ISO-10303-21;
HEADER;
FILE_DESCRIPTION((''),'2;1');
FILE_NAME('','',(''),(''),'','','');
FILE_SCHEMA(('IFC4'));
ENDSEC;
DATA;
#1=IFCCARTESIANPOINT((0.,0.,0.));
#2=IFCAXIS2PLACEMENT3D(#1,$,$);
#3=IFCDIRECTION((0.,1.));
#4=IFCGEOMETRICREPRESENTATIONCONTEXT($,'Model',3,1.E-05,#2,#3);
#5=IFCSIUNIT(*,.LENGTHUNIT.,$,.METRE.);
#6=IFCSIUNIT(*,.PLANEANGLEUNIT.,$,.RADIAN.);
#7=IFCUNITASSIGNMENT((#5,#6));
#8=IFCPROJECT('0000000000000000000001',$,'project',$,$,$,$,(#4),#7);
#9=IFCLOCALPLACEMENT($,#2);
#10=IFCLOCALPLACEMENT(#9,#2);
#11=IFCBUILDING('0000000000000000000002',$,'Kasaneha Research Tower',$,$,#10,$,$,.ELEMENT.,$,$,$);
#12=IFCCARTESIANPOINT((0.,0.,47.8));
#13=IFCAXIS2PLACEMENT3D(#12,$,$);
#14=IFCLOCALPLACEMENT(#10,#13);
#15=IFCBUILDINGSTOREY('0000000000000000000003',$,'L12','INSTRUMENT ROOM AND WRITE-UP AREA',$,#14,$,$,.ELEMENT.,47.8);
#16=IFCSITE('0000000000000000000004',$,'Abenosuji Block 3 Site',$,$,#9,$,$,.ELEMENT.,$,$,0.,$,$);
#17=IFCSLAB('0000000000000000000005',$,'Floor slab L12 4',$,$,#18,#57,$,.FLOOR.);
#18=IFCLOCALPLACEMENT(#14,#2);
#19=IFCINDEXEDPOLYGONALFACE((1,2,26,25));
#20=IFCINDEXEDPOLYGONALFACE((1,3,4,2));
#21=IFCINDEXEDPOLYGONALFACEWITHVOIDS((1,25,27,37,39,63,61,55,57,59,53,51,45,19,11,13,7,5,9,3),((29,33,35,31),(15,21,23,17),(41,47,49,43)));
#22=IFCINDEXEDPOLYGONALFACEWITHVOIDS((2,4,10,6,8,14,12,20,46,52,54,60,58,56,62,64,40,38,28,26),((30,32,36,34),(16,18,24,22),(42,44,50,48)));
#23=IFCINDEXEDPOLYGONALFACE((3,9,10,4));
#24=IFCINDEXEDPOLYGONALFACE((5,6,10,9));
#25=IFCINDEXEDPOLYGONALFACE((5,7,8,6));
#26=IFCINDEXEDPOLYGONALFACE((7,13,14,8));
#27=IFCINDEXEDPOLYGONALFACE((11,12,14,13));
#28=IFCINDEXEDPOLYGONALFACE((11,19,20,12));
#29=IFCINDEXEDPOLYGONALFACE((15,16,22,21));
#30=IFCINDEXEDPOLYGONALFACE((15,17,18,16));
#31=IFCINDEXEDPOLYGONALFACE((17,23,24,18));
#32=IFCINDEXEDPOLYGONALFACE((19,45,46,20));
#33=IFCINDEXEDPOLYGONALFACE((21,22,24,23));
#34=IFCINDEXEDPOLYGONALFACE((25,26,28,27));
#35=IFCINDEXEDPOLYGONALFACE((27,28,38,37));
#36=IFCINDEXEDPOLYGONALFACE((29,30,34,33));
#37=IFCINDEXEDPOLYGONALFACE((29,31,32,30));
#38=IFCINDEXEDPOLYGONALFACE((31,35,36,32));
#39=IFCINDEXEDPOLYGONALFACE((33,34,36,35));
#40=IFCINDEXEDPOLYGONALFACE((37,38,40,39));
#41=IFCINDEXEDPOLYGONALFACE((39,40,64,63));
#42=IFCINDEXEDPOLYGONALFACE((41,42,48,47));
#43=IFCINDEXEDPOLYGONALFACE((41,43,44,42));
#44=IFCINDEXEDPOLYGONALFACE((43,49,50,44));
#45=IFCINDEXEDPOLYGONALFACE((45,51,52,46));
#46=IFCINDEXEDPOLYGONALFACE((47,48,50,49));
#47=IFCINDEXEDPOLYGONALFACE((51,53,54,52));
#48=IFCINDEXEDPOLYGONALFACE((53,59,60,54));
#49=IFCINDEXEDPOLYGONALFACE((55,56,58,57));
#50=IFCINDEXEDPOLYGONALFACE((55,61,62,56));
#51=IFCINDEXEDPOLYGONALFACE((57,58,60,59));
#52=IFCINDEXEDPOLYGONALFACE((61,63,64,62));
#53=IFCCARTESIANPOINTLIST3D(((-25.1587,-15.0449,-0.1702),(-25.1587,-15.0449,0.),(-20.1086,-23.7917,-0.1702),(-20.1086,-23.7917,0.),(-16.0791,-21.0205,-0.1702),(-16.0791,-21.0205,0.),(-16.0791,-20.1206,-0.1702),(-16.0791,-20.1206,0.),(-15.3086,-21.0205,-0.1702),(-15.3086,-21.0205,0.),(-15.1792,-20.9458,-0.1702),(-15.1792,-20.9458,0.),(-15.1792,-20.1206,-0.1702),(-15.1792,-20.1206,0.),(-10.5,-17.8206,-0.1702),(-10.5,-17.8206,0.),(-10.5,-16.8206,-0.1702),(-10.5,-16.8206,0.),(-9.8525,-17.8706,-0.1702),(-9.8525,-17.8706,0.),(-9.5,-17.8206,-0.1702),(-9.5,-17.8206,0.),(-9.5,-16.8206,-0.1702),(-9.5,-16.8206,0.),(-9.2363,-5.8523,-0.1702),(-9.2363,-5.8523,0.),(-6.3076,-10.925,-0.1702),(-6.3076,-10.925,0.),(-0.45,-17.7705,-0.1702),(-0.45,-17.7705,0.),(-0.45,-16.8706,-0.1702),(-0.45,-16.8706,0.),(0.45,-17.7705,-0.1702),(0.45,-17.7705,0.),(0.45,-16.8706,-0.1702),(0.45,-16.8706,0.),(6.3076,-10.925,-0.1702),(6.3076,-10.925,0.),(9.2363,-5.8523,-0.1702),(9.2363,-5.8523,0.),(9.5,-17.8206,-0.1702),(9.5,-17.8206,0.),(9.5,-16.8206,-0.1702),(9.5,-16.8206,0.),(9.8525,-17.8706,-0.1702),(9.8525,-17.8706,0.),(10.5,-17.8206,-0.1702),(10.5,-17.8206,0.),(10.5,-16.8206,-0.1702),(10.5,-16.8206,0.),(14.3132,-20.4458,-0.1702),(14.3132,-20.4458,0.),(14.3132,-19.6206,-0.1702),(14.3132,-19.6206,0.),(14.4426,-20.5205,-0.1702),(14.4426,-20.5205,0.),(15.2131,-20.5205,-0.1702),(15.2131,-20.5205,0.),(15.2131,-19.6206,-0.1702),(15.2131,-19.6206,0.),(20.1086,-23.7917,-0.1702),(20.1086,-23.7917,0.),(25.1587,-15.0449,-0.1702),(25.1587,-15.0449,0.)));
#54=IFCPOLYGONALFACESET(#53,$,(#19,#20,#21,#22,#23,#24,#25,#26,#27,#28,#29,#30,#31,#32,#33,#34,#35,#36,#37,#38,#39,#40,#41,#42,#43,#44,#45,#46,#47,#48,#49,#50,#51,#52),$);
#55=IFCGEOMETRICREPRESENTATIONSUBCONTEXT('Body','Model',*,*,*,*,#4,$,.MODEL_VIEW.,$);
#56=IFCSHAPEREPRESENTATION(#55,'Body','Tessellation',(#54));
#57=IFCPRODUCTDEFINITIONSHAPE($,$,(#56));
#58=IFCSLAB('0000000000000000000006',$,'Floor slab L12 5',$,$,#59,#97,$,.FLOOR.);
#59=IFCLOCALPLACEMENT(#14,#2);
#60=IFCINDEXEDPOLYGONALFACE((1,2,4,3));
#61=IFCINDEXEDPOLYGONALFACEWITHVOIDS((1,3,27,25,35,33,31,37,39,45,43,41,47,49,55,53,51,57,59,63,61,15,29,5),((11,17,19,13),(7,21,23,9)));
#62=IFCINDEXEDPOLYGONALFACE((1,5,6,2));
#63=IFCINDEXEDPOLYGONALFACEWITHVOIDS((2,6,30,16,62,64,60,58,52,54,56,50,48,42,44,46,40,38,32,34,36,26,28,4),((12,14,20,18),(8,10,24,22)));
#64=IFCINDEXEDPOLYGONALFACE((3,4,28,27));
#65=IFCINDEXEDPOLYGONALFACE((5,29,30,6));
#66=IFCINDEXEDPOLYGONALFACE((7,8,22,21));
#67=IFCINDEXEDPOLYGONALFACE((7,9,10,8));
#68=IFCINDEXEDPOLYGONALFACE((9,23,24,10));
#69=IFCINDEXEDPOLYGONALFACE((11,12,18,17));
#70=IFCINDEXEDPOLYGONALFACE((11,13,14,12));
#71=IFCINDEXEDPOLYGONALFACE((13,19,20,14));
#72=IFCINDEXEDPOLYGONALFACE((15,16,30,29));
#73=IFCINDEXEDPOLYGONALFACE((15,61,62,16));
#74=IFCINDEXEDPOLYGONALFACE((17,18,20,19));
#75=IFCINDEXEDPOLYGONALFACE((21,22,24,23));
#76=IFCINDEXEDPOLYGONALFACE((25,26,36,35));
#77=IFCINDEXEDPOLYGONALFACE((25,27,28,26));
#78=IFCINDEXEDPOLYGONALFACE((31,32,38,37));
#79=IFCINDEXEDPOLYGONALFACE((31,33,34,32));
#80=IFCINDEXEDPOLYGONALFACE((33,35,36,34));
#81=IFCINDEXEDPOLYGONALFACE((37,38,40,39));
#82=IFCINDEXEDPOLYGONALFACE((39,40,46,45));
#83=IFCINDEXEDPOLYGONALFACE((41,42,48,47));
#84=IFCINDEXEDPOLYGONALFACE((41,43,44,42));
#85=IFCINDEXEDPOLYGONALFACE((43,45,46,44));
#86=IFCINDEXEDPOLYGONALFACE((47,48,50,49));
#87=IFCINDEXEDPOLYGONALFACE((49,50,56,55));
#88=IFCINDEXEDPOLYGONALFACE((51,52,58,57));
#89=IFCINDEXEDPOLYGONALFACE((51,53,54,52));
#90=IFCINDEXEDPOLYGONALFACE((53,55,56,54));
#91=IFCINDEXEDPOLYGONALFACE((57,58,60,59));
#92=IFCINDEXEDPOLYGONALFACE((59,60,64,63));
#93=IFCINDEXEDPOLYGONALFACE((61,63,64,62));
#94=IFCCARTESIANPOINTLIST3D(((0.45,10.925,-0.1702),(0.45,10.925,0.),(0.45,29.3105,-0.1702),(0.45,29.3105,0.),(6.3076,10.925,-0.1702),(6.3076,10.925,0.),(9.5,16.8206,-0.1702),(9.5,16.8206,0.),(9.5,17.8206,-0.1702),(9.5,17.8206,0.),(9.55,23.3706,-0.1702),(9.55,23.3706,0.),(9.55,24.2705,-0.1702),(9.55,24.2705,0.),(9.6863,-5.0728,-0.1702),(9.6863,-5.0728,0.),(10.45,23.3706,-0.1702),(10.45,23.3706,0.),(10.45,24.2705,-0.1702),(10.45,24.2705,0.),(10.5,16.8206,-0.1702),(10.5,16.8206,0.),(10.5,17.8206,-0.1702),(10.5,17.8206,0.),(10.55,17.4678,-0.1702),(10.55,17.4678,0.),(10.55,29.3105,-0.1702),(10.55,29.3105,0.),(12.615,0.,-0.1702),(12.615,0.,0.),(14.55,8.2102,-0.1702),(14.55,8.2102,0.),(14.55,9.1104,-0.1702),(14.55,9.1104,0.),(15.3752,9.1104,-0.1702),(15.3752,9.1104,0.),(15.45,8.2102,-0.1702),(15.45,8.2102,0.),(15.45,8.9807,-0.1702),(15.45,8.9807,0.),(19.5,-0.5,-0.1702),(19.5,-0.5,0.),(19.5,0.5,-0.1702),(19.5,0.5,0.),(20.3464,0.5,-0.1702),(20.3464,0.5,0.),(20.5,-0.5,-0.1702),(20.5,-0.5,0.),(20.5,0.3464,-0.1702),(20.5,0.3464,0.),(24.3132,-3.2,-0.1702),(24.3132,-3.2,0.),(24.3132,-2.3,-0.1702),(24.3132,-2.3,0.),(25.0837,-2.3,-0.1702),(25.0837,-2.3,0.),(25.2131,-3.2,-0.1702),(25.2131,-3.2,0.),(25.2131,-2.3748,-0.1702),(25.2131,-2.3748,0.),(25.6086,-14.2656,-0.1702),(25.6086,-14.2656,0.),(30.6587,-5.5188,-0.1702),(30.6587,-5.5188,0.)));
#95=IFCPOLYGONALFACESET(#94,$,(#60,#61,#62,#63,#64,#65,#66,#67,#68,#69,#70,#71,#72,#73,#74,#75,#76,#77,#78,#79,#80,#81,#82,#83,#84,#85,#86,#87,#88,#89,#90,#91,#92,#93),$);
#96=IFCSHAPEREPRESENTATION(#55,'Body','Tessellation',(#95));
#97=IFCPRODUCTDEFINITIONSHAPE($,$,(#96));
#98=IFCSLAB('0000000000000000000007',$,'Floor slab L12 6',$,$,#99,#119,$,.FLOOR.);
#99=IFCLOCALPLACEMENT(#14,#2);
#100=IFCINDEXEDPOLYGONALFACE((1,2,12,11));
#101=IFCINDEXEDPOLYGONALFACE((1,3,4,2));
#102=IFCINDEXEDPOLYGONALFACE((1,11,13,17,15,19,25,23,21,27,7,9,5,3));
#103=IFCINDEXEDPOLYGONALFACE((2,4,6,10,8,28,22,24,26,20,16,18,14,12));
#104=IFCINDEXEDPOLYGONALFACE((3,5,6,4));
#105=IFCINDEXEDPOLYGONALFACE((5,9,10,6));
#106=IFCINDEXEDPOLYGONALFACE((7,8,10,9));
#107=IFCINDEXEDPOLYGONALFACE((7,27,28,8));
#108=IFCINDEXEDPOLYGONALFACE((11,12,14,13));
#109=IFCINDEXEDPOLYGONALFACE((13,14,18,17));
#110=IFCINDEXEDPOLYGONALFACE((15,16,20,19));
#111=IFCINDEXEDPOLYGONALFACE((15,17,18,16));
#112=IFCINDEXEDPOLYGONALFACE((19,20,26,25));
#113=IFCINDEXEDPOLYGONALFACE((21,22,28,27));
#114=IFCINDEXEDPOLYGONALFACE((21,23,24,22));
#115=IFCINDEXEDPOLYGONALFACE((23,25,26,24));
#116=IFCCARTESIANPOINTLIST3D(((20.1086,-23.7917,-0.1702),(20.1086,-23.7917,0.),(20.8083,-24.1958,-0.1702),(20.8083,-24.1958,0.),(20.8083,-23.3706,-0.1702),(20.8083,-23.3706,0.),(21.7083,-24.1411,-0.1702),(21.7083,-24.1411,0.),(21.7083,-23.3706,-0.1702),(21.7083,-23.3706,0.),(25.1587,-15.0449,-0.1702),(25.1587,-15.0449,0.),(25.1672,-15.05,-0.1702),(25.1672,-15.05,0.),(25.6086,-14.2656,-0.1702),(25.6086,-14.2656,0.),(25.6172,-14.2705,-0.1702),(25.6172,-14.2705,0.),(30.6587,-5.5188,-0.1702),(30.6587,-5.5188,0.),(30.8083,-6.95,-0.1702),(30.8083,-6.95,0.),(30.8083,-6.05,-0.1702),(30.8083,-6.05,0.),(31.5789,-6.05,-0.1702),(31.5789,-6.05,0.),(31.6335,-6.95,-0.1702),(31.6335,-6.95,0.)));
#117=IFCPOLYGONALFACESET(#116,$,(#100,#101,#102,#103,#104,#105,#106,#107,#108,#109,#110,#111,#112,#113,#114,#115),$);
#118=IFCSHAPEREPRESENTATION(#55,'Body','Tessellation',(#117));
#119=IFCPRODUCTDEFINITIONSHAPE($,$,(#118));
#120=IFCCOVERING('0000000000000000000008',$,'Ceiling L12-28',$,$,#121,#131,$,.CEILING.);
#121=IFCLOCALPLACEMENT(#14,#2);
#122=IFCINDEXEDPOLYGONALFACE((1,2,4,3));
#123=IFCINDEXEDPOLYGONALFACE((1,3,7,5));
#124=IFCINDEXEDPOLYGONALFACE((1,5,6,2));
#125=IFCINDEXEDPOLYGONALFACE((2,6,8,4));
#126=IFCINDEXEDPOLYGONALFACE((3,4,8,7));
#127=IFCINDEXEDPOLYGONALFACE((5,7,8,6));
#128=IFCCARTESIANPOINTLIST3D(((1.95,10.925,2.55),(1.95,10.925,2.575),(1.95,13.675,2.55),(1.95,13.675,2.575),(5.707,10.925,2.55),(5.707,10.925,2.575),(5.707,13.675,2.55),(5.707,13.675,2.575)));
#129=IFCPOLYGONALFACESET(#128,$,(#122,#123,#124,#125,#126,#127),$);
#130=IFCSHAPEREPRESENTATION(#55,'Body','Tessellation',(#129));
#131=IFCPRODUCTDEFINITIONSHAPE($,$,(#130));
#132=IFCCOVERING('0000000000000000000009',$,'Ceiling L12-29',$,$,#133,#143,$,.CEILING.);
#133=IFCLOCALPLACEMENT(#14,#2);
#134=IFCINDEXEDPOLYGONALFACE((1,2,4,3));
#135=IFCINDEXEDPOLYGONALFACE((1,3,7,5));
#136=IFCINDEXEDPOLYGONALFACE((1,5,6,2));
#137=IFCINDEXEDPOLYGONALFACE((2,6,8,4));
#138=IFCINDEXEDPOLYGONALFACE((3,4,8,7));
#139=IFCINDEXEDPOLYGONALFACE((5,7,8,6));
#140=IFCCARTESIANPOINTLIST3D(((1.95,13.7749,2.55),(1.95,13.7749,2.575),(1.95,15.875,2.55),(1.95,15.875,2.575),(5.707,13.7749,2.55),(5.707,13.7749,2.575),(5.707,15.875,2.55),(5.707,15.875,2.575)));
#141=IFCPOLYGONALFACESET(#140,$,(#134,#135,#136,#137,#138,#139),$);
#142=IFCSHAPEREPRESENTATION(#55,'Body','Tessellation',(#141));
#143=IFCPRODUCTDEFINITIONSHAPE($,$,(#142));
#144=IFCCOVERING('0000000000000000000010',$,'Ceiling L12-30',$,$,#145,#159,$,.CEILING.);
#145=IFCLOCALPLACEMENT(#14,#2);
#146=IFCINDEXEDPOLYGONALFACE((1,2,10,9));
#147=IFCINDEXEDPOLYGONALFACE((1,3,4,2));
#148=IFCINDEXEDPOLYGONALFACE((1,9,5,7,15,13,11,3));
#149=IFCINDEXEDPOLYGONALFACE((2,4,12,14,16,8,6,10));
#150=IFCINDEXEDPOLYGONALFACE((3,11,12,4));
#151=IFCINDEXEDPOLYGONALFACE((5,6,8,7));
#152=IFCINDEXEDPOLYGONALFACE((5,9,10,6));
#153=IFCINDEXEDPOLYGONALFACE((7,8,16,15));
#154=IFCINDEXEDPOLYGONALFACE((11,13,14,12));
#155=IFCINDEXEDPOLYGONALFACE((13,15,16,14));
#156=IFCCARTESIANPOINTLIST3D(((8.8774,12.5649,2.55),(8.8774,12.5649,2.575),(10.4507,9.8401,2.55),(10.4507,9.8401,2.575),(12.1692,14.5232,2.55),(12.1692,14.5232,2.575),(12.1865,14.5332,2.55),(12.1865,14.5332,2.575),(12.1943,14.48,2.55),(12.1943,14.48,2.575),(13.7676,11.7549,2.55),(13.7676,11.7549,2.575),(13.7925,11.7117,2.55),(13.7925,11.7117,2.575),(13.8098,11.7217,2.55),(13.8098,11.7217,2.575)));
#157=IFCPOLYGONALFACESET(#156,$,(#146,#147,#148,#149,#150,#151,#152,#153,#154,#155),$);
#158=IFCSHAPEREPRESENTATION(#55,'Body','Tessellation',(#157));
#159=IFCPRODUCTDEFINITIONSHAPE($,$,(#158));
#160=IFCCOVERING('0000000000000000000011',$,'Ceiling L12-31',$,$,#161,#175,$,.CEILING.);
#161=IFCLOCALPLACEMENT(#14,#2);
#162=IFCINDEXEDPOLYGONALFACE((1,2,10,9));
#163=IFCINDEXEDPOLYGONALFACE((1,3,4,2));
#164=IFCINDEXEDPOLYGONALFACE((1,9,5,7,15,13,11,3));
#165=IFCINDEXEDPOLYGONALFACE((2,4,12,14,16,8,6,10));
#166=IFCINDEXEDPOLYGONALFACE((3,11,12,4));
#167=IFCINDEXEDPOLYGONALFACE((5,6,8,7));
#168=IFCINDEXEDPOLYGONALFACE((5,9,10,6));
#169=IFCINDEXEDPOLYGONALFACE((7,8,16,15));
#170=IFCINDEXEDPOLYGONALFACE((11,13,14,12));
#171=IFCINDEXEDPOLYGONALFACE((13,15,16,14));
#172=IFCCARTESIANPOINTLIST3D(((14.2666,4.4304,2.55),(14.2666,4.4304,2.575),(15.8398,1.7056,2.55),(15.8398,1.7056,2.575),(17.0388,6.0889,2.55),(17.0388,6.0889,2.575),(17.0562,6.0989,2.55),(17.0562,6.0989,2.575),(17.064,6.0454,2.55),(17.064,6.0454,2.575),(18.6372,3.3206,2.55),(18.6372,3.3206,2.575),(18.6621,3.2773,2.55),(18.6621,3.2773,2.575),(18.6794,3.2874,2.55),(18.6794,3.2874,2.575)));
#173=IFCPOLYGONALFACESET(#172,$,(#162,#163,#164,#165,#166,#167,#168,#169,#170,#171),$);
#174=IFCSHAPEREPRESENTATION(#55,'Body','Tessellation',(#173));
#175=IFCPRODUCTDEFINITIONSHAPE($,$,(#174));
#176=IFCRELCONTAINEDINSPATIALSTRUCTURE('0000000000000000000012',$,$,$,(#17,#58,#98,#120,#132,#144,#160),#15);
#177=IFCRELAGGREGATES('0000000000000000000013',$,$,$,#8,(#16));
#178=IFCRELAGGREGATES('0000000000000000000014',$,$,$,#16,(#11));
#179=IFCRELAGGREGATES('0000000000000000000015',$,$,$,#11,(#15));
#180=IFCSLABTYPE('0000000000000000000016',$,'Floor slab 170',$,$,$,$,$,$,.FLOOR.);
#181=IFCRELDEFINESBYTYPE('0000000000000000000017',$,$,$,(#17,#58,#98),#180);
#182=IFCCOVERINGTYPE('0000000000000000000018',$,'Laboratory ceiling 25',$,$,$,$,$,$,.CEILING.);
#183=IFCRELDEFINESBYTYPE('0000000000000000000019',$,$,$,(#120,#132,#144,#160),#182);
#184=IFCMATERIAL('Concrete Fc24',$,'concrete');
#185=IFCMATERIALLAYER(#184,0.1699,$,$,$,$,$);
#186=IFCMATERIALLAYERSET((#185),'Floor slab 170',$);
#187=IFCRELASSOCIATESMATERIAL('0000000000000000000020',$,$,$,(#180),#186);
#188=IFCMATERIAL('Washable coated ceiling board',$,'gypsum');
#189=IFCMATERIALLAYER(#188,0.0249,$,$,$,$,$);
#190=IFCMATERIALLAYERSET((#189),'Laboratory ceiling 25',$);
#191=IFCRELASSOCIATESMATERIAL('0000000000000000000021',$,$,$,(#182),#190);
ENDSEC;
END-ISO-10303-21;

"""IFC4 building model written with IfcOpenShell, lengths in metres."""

from ifc_helpers import new_model, si_unit, direction, frame, origin, place, context, subcontext, project, spatial, polyline, outline, extrude, material, layer, layer_set, type_object, element, save


model = new_model("IFC4")

# Units and contexts
model_context = context("Model", 3, precision=1e-05, world=origin(), true_north=direction((0.0, 1.0)))
body_context = subcontext(model_context, "Body", "Model", "MODEL_VIEW")
ifc_project = project(units=[si_unit("LENGTHUNIT", "METRE"), si_unit("PLANEANGLEUNIT", "RADIAN")], contexts=[model_context])

# Site, building, storey
site_placement = place(None, origin())
site = spatial("IfcSite", under=ifc_project, at=site_placement, Name="Abenosuji Block 3 Site", CompositionType="ELEMENT", RefElevation=0.0)
building_placement = place(site_placement, origin())
building = spatial("IfcBuilding", under=site, at=building_placement, Name="Kasaneha Research Tower", CompositionType="ELEMENT")
storey_placement = place(building_placement, frame((0.0, 0.0, 47.8)))
storey = spatial("IfcBuildingStorey", under=building, at=storey_placement, Name="L12", Description="INSTRUMENT ROOM AND WRITE-UP AREA", CompositionType="ELEMENT", Elevation=47.8)

# Slabs
ifc_material_1 = material(Name="Concrete Fc24", Category="concrete")
ifc_layer_1 = layer(ifc_material_1, 0.1699)
ifc_layer_set_1 = layer_set([ifc_layer_1], Name="Floor slab 170")
slab_type_1 = type_object("IfcSlabType", Name="Floor slab 170", PredefinedType="FLOOR", material=ifc_layer_set_1)
slab_1_placement = place(storey_placement, frame((0.0, 0.0, -0.1702)))
element("IfcSlab", 1, at=slab_1_placement, inside=storey, type_object=slab_type_1, Name="Floor slab L12 4", PredefinedType="FLOOR", context=body_context, shape_type="SweptSolid", body=[
    extrude(outline(polyline([(-6.3076, -10.925), (6.3076, -10.925), (9.2363, -5.8523), (25.1587, -15.0449), (20.1086, -23.7917), (14.4426, -20.5205), (15.2131, -20.5205), (15.2131, -19.6206), (14.3132, -19.6206), (14.3132, -20.4458), (9.8525, -17.8706), (-9.8525, -17.8706), (-15.1792, -20.9458), (-15.1792, -20.1206), (-16.0791, -20.1206), (-16.0791, -21.0205), (-15.3086, -21.0205), (-20.1086, -23.7917), (-25.1587, -15.0449), (-9.2363, -5.8523), (-6.3076, -10.925)]), holes=[polyline([(-0.45, -17.7705), (0.45, -17.7705), (0.45, -16.8706), (-0.45, -16.8706), (-0.45, -17.7705)]), polyline([(-9.5, -17.8206), (-9.5, -16.8206), (-10.5, -16.8206), (-10.5, -17.8206), (-9.5, -17.8206)]), polyline([(10.5, -17.8206), (10.5, -16.8206), (9.5, -16.8206), (9.5, -17.8206), (10.5, -17.8206)])]), origin(), (0.0, 0.0, 1.0), 0.1702),
])
slab_2_placement = place(storey_placement, frame((0.0, 0.0, -0.1702)))
element("IfcSlab", 2, at=slab_2_placement, inside=storey, type_object=slab_type_1, Name="Floor slab L12 5", PredefinedType="FLOOR", context=body_context, shape_type="SweptSolid", body=[
    extrude(outline(polyline([(9.6863, -5.0728), (12.615, 0.0), (6.3076, 10.925), (0.45, 10.925), (0.45, 29.3105), (10.55, 29.3105), (10.55, 17.4678), (15.3752, 9.1104), (14.55, 9.1104), (14.55, 8.2102), (15.45, 8.2102), (15.45, 8.9807), (20.3464, 0.5), (19.5, 0.5), (19.5, -0.5), (20.5, -0.5), (20.5, 0.3464), (25.0837, -2.3), (24.3132, -2.3), (24.3132, -3.2), (25.2131, -3.2), (25.2131, -2.3748), (30.6587, -5.5188), (25.6086, -14.2656), (9.6863, -5.0728)]), holes=[polyline([(9.5, 16.8206), (10.5, 16.8206), (10.5, 17.8206), (9.5, 17.8206), (9.5, 16.8206)]), polyline([(9.55, 23.3706), (10.45, 23.3706), (10.45, 24.2705), (9.55, 24.2705), (9.55, 23.3706)])]), origin(), (0.0, 0.0, 1.0), 0.1702),
])
slab_3_placement = place(storey_placement, frame((0.0, 0.0, -0.1702)))
element("IfcSlab", 3, at=slab_3_placement, inside=storey, type_object=slab_type_1, Name="Floor slab L12 6", PredefinedType="FLOOR", context=body_context, shape_type="SweptSolid", body=[
    extrude(outline(polyline([(25.1672, -15.05), (25.6172, -14.2705), (25.6086, -14.2656), (30.6587, -5.5188), (31.5789, -6.05), (30.8083, -6.05), (30.8083, -6.95), (31.6335, -6.95), (21.7083, -24.1411), (21.7083, -23.3706), (20.8083, -23.3706), (20.8083, -24.1958), (20.1086, -23.7917), (25.1587, -15.0449), (25.1672, -15.05)])), origin(), (0.0, 0.0, 1.0), 0.1702),
])

# Coverings
ifc_material_2 = material(Name="Washable coated ceiling board", Category="gypsum")
ifc_layer_2 = layer(ifc_material_2, 0.0249)
ifc_layer_set_2 = layer_set([ifc_layer_2], Name="Laboratory ceiling 25")
covering_type_1 = type_object("IfcCoveringType", Name="Laboratory ceiling 25", PredefinedType="CEILING", material=ifc_layer_set_2)
covering_1_placement = place(storey_placement, frame((0.0, 0.0, 2.55)))
element("IfcCovering", 4, at=covering_1_placement, inside=storey, type_object=covering_type_1, Name="Ceiling L12-28", PredefinedType="CEILING", context=body_context, shape_type="SweptSolid", body=[
    extrude(outline(polyline([(1.95, 10.925), (1.95, 13.675), (5.707, 13.675), (5.707, 10.925), (1.95, 10.925)])), origin(), (0.0, 0.0, 1.0), 0.0249),
])
covering_2_placement = place(storey_placement, frame((0.0, 0.0, 2.55)))
element("IfcCovering", 5, at=covering_2_placement, inside=storey, type_object=covering_type_1, Name="Ceiling L12-29", PredefinedType="CEILING", context=body_context, shape_type="SweptSolid", body=[
    extrude(outline(polyline([(5.707, 15.875), (5.707, 13.7749), (1.95, 13.7749), (1.95, 15.875), (5.707, 15.875)])), origin(), (0.0, 0.0, 1.0), 0.0249),
])
covering_3_placement = place(storey_placement, frame((0.0, 0.0, 2.55)))
element("IfcCovering", 6, at=covering_3_placement, inside=storey, type_object=covering_type_1, Name="Ceiling L12-30", PredefinedType="CEILING", context=body_context, shape_type="SweptSolid", body=[
    extrude(outline(polyline([(13.8098, 11.7217), (13.7925, 11.7117), (13.7676, 11.7549), (10.4507, 9.8401), (8.8774, 12.5649), (12.1943, 14.48), (12.1692, 14.5232), (12.1865, 14.5332), (13.8098, 11.7217)])), origin(), (0.0, 0.0, 1.0), 0.0249),
])
covering_4_placement = place(storey_placement, frame((0.0, 0.0, 2.55)))
element("IfcCovering", 7, at=covering_4_placement, inside=storey, type_object=covering_type_1, Name="Ceiling L12-31", PredefinedType="CEILING", context=body_context, shape_type="SweptSolid", body=[
    extrude(outline(polyline([(18.6794, 3.2874), (18.6621, 3.2773), (18.6372, 3.3206), (15.8398, 1.7056), (14.2666, 4.4304), (17.064, 6.0454), (17.0388, 6.0889), (17.0562, 6.0989), (18.6794, 3.2874)])), origin(), (0.0, 0.0, 1.0), 0.0249),
])

save(model, "model.ifc")
